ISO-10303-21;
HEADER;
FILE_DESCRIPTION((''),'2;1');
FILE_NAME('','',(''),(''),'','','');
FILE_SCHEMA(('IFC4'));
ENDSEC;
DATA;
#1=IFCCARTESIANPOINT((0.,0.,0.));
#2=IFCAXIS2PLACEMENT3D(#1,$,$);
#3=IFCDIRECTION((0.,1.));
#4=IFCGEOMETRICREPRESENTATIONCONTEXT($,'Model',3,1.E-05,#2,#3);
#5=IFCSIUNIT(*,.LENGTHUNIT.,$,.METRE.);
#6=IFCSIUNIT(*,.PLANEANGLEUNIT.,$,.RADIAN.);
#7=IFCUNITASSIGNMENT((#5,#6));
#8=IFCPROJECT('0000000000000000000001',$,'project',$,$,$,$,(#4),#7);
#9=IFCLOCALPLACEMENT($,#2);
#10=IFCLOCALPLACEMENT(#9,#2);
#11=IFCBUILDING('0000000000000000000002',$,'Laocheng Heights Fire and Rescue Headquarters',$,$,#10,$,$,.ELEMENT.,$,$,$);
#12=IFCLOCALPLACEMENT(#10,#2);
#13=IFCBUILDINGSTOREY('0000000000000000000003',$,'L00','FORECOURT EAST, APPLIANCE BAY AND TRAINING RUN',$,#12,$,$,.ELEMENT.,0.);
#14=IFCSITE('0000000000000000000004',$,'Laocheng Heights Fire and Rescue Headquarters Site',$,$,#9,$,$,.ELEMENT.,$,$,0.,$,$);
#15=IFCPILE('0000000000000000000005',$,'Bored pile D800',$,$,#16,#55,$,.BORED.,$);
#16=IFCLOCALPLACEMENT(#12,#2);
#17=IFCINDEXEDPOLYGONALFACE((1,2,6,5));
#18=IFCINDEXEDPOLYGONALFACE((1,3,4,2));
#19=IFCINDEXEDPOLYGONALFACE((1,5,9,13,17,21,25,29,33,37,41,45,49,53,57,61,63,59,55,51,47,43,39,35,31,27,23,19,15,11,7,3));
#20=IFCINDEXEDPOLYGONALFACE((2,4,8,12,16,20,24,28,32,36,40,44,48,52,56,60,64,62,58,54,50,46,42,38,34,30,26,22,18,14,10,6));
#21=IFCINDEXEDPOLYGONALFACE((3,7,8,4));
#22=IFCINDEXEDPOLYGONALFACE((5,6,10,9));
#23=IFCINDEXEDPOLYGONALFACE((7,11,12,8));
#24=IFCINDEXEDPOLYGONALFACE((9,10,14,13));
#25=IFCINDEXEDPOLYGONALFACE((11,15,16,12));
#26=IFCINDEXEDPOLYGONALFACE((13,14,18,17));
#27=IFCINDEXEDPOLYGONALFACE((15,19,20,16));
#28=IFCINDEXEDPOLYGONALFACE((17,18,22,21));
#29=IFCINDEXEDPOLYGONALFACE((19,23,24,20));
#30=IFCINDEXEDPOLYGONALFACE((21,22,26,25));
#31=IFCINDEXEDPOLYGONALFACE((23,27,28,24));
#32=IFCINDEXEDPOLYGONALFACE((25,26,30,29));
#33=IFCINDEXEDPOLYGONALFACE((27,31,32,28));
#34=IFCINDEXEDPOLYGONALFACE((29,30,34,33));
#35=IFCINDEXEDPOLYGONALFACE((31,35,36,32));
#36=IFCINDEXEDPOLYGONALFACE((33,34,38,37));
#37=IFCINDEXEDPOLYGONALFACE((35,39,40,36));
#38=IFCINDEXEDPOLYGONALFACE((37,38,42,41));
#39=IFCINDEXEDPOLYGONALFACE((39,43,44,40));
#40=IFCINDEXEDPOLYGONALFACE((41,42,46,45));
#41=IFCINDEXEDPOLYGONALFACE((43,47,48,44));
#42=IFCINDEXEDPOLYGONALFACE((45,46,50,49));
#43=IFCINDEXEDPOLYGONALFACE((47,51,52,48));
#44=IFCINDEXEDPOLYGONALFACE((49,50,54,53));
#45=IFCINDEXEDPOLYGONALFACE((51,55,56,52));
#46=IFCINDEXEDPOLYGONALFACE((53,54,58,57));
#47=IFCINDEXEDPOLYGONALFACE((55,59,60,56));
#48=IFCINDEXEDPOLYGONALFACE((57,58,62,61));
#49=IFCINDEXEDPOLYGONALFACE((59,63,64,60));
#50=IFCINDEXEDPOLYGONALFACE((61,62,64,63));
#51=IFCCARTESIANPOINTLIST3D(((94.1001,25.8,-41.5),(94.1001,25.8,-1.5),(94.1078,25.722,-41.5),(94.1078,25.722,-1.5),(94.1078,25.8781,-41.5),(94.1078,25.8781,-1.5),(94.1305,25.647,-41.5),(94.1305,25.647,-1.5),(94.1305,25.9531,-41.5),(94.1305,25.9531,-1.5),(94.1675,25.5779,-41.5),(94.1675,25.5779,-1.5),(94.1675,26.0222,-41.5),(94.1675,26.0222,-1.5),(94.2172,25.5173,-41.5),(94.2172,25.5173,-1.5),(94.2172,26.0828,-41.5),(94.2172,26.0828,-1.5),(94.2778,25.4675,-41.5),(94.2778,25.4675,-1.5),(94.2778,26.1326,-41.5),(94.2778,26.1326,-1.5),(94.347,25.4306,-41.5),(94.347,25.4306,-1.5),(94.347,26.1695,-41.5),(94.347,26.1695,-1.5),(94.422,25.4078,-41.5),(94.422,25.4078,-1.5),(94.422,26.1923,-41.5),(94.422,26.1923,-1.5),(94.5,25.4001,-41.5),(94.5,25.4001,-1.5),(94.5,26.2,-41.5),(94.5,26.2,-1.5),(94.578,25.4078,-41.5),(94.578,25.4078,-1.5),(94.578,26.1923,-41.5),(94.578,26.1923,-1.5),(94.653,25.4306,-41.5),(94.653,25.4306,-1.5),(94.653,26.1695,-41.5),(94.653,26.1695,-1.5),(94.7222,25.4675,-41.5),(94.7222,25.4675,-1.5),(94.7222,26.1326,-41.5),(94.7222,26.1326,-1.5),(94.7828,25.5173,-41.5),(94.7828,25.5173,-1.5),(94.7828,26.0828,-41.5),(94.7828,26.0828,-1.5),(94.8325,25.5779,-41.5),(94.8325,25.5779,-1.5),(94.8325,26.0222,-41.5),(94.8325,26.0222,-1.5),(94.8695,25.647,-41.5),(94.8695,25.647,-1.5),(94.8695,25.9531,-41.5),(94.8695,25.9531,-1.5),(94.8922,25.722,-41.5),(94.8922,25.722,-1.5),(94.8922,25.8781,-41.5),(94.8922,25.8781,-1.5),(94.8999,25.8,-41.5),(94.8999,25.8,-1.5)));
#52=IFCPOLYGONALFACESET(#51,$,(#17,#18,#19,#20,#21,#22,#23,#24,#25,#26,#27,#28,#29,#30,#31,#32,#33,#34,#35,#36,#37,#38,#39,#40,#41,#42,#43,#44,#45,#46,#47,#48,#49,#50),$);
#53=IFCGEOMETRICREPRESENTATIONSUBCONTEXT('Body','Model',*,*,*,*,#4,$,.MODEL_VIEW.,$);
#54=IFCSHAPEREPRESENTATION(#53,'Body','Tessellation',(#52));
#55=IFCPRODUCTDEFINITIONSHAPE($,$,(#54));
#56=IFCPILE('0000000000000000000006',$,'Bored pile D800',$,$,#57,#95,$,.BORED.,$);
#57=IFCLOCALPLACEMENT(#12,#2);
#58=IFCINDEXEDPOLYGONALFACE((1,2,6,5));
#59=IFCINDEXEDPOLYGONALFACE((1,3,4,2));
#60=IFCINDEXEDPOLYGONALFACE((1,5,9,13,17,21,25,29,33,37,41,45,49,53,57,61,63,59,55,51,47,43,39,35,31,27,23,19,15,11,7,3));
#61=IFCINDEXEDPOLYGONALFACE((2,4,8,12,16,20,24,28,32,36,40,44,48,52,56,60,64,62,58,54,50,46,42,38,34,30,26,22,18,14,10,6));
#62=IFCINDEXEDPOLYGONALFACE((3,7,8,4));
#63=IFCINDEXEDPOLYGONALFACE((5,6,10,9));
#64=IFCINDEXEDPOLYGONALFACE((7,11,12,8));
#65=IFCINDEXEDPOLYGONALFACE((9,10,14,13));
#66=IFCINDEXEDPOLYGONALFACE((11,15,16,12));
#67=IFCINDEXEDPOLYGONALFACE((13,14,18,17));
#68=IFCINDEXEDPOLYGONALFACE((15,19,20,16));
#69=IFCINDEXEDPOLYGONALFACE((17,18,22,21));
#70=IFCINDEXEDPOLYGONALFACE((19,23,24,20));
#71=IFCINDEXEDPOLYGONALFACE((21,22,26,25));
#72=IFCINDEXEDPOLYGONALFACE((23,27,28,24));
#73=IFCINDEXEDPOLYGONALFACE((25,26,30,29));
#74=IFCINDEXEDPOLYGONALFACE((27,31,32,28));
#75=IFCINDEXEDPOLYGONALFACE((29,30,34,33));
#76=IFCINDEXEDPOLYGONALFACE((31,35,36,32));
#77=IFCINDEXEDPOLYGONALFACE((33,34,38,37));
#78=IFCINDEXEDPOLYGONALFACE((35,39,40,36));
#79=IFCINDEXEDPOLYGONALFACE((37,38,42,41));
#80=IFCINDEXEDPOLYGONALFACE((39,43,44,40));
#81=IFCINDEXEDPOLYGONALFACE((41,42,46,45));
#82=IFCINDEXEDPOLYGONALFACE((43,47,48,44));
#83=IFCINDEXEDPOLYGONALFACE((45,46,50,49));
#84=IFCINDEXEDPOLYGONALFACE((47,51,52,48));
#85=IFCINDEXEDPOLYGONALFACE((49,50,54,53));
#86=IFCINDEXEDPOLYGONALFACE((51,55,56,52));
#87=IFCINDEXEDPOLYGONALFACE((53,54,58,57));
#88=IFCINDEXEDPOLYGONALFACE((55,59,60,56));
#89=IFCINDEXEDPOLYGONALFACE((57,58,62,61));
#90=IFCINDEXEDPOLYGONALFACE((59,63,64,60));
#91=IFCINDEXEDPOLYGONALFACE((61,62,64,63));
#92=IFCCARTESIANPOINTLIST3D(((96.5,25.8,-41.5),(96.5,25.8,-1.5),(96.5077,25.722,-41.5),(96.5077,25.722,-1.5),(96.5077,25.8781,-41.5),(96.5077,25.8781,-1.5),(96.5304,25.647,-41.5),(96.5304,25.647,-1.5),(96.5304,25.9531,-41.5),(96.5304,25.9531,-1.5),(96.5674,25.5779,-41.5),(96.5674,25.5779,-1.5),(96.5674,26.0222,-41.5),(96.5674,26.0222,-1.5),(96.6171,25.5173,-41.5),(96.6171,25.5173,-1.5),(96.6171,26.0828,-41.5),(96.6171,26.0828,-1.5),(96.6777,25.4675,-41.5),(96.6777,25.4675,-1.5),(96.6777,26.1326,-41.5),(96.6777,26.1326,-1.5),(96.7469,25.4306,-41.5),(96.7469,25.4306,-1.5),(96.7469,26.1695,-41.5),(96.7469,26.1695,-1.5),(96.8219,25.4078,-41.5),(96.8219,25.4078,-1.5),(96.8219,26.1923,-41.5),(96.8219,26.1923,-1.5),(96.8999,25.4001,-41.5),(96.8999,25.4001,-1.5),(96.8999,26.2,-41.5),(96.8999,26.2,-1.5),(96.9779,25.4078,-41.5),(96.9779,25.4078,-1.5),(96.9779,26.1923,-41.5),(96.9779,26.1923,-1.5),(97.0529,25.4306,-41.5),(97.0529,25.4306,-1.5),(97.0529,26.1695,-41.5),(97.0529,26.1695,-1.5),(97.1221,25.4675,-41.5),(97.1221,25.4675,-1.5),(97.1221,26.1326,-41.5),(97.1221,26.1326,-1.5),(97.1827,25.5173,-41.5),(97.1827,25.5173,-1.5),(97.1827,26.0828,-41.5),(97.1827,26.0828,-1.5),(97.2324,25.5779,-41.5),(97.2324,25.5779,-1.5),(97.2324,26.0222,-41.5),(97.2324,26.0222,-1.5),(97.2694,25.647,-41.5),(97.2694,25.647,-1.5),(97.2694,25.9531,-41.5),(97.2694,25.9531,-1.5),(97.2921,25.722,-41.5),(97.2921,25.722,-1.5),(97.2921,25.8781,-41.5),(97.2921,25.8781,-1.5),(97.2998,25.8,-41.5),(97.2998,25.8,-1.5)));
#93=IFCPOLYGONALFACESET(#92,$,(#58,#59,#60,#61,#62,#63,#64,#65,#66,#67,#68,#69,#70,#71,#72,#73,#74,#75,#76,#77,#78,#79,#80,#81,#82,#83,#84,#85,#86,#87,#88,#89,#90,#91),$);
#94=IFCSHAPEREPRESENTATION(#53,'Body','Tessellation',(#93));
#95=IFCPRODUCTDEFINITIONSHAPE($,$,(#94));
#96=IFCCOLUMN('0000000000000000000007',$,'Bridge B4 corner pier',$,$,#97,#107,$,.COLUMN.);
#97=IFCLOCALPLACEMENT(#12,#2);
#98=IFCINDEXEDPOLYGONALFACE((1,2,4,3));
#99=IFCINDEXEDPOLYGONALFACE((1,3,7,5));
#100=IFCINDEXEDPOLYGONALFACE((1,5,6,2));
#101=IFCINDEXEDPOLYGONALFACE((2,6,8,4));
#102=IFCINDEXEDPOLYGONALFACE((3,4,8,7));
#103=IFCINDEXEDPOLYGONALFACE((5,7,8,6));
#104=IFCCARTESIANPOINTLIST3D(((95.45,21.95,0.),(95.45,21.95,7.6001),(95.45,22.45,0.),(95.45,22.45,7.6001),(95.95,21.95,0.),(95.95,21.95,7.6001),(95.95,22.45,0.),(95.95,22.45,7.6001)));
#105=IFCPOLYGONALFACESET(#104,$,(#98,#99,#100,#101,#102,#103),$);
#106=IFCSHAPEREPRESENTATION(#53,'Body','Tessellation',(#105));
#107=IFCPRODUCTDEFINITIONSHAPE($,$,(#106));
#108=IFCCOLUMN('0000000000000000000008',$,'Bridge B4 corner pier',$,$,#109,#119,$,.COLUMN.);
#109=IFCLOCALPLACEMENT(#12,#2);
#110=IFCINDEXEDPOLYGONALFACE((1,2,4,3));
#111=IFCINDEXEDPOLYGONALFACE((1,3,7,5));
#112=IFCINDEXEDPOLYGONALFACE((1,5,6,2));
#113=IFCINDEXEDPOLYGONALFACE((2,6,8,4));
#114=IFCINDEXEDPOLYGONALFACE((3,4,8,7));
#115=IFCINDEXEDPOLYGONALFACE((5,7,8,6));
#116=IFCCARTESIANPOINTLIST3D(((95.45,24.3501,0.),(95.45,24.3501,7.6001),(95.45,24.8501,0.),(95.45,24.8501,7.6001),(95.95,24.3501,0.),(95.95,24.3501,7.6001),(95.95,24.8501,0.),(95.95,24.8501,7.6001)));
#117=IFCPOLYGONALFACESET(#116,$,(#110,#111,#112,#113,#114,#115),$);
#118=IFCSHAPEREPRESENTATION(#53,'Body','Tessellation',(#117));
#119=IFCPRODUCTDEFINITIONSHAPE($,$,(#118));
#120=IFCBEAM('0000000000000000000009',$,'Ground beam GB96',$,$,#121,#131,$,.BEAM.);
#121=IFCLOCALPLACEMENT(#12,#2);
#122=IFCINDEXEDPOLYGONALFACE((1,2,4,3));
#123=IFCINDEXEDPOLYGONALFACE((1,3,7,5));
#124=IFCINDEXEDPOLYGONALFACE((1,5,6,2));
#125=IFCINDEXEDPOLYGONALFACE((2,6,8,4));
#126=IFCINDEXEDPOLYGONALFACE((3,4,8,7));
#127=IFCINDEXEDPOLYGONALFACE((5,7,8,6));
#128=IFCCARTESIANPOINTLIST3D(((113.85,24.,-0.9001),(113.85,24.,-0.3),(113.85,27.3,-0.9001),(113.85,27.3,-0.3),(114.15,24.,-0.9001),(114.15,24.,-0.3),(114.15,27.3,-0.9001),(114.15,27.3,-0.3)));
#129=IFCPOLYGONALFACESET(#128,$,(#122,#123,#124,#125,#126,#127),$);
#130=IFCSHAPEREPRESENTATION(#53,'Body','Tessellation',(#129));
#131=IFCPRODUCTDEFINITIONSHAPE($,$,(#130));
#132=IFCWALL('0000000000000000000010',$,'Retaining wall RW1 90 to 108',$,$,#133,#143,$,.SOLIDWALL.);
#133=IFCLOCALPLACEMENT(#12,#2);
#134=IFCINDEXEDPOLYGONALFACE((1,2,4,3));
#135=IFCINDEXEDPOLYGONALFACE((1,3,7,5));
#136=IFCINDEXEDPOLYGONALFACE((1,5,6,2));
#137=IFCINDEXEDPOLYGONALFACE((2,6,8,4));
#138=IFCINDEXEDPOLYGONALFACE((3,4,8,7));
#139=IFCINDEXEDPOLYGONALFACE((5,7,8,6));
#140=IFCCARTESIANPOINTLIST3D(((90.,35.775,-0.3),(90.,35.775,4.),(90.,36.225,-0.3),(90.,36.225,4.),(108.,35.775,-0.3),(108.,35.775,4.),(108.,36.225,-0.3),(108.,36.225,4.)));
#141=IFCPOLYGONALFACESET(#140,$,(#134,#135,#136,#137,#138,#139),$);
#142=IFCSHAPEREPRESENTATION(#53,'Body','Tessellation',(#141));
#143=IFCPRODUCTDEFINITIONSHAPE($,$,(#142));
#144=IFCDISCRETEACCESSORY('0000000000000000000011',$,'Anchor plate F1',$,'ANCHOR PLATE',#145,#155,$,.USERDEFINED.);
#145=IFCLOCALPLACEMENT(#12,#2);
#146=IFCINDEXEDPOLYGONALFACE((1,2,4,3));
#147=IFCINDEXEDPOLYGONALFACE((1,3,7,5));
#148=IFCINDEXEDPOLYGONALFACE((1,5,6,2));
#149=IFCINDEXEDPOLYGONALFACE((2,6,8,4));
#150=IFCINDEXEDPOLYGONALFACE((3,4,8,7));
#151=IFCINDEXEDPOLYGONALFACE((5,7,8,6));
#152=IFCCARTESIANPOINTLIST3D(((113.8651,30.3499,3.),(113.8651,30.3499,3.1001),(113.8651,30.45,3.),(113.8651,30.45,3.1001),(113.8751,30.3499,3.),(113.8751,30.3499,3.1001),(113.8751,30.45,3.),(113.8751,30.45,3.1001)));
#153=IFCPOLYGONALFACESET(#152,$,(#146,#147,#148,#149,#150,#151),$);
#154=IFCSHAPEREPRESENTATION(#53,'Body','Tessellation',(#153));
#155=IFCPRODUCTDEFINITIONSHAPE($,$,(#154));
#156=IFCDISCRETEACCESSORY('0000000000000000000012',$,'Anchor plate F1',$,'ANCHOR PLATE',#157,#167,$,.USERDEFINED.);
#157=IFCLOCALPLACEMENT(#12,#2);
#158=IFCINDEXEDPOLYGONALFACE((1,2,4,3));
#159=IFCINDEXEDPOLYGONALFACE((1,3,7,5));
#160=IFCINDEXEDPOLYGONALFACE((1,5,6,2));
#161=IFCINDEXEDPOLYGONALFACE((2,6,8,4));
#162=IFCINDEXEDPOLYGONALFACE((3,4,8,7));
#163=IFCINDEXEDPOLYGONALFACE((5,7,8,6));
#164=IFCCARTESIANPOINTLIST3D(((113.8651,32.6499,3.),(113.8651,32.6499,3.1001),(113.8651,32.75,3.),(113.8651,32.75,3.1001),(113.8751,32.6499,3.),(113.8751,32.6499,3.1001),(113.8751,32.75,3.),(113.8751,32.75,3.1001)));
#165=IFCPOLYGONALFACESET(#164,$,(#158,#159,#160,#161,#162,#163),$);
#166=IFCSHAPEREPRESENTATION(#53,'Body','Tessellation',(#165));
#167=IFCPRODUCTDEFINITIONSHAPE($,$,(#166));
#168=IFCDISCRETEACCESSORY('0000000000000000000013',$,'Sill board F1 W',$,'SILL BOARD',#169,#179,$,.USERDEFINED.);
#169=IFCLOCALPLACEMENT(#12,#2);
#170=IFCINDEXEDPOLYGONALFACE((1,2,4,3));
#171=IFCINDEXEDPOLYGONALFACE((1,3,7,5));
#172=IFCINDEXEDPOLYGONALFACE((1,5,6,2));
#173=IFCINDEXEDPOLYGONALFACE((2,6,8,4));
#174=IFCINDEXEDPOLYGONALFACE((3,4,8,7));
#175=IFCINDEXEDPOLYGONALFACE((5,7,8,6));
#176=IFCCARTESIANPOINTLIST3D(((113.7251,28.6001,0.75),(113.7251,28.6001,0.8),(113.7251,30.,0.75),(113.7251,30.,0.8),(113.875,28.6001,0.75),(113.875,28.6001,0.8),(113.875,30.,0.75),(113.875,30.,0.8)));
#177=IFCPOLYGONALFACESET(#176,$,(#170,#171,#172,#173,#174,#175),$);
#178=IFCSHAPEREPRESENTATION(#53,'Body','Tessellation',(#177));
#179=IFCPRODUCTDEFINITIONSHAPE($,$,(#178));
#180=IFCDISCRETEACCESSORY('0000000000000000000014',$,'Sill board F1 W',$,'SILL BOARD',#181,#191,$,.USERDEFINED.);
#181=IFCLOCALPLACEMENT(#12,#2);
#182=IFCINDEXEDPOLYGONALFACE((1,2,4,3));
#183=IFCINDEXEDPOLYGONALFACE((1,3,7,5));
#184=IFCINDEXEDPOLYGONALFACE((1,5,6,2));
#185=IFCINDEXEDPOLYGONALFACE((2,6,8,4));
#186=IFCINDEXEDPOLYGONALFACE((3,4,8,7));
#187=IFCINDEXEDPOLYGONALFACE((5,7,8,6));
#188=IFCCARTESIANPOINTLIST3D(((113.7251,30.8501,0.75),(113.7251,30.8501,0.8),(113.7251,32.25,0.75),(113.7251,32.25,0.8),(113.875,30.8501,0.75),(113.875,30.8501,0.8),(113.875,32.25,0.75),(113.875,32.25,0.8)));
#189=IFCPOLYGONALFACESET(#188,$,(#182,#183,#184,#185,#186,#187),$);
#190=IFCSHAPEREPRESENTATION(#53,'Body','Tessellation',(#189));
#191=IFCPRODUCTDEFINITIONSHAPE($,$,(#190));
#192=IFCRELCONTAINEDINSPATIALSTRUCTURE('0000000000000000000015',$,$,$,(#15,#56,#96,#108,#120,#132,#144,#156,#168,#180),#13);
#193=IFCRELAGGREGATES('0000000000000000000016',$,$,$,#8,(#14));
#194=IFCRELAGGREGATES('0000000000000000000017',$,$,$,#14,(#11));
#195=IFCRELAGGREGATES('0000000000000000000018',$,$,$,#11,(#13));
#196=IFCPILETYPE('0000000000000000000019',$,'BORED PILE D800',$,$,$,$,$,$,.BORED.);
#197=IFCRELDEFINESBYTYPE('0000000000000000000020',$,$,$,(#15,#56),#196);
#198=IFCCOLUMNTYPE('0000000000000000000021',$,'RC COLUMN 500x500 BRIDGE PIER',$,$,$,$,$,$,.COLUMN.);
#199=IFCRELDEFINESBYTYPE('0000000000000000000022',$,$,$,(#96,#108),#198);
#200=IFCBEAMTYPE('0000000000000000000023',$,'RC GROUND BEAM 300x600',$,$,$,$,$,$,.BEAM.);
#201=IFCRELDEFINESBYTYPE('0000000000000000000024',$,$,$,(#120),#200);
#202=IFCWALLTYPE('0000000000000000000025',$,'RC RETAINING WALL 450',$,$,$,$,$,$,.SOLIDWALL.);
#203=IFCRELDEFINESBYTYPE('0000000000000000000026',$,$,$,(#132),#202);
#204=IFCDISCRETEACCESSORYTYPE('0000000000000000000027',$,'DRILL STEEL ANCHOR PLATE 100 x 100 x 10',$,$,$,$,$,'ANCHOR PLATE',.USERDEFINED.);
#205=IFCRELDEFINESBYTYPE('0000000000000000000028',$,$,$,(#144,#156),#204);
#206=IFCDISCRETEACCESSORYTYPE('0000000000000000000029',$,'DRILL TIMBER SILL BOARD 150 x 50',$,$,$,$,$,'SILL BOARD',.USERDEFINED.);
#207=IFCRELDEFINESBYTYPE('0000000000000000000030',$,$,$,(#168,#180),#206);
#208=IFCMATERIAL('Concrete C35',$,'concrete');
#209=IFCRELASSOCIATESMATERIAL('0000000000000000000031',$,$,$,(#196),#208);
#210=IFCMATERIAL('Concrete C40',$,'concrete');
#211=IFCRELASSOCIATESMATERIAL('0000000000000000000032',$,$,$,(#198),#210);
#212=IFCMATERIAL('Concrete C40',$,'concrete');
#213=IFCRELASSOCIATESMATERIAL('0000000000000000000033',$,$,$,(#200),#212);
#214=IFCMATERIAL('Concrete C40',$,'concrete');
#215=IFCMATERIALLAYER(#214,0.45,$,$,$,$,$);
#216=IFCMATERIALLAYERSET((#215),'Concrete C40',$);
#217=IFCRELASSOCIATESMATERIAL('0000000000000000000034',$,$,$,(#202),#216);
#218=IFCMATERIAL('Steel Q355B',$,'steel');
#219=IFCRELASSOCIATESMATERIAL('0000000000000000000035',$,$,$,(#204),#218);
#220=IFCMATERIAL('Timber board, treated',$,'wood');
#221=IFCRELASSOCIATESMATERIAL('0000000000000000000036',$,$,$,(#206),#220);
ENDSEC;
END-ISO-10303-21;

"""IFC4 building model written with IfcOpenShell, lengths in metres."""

from ifc_helpers import new_model, si_unit, direction, frame, frame_2d, origin, origin_2d, place, context, subcontext, project, spatial, rectangle, circle, extrude, material, layer, layer_set, material_profile, profile_set, type_object, element, save


model = new_model("IFC4")

# Units and contexts
model_context = context("Model", 3, precision=1e-05, world=origin(), true_north=direction((0.0, 1.0)))
body_context = subcontext(model_context, "Body", "Model", "MODEL_VIEW")
ifc_project = project(units=[si_unit("LENGTHUNIT", "METRE"), si_unit("PLANEANGLEUNIT", "RADIAN")], contexts=[model_context])

# Site, building, storey
site_placement = place(None, origin())
site = spatial("IfcSite", under=ifc_project, at=site_placement, Name="Laocheng Heights Fire and Rescue Headquarters Site", CompositionType="ELEMENT", RefElevation=0.0)
building_placement = place(site_placement, origin())
building = spatial("IfcBuilding", under=site, at=building_placement, Name="Laocheng Heights Fire and Rescue Headquarters", CompositionType="ELEMENT")
storey_placement = place(building_placement, origin())
storey = spatial("IfcBuildingStorey", under=building, at=storey_placement, Name="L00", Description="FORECOURT EAST, APPLIANCE BAY AND TRAINING RUN", CompositionType="ELEMENT", Elevation=0.0)

# Piles
ifc_material_1 = material(Name="Concrete C35", Category="concrete")
ifc_material_profile_1 = material_profile(ifc_material_1, circle(Radius=0.3999, at=origin_2d()), Name="BORED PILE D800")
ifc_profile_set_1 = profile_set([ifc_material_profile_1], Name="Concrete C35")
pile_type_1 = type_object("IfcPileType", Name="BORED PILE D800", PredefinedType="BORED", material=ifc_profile_set_1)
for number, where, z_axis, x_axis, name in (
    (1, (94.5, 25.8, -1.5), (0.0, 0.0, -1.0), (1.0, 0.0, 0.0), "Bored pile D800"),
    (2, (96.8999, 25.8, -1.5), (0.0, 0.0, -1.0), (1.0, 0.0, 0.0), "Bored pile D800"),
):
    element("IfcPile", number, at=place(storey_placement, frame(where, z_axis=z_axis, x_axis=x_axis)), inside=storey, type_object=pile_type_1, Name=name, PredefinedType="BORED", context=body_context, shape_type="SweptSolid", body=[
        extrude(circle(Radius=0.3999, at=origin_2d()), origin(), (0.0, 0.0, 1.0), 40.0),
    ])

# Columns
ifc_material_2 = material(Name="Concrete C40", Category="concrete")
ifc_material_profile_2 = material_profile(ifc_material_2, rectangle(XDim=0.5, YDim=0.5, at=origin_2d()), Name="RC COLUMN 500x500 BRIDGE PIER")
ifc_profile_set_2 = profile_set([ifc_material_profile_2], Name="Concrete C40")
column_type = type_object("IfcColumnType", Name="RC COLUMN 500x500 BRIDGE PIER", PredefinedType="COLUMN", material=ifc_profile_set_2)
for number, where, z_axis, x_axis, name in (
    (3, (95.7, 22.2, 0.0), (0.0, 0.0, 1.0), (1.0, 0.0, 0.0), "Bridge B4 corner pier"),
    (4, (95.7, 24.6001, 0.0), (0.0, 0.0, 1.0), (1.0, 0.0, 0.0), "Bridge B4 corner pier"),
):
    element("IfcColumn", number, at=place(storey_placement, frame(where, z_axis=z_axis, x_axis=x_axis)), inside=storey, type_object=column_type, Name=name, PredefinedType="COLUMN", context=body_context, shape_type="SweptSolid", body=[
        extrude(rectangle(XDim=0.5, YDim=0.5, at=origin_2d()), origin(), (0.0, 0.0, 1.0), 7.6001),
    ])

# Beam
ifc_material_3 = material(Name="Concrete C40", Category="concrete")
ifc_material_profile_3 = material_profile(ifc_material_3, rectangle(XDim=0.3, YDim=0.6001, at=origin_2d()), Name="RC GROUND BEAM 300x600")
ifc_profile_set_3 = profile_set([ifc_material_profile_3], Name="Concrete C40")
beam_type = type_object("IfcBeamType", Name="RC GROUND BEAM 300x600", PredefinedType="BEAM", material=ifc_profile_set_3)
beam_placement = place(storey_placement, frame((114.0, 24.0, -0.6001), z_axis=(0.0, 1.0, 0.0), x_axis=(-1.0, 0.0, 0.0)))
element("IfcBeam", 5, at=beam_placement, inside=storey, type_object=beam_type, Name="Ground beam GB96", PredefinedType="BEAM", context=body_context, shape_type="SweptSolid", body=[
    extrude(rectangle(XDim=0.3, YDim=0.6001, at=origin_2d()), origin(), (0.0, 0.0, 1.0), 3.3),
])

# Wall
ifc_material_4 = material(Name="Concrete C40", Category="concrete")
ifc_layer = layer(ifc_material_4, 0.45)
ifc_layer_set = layer_set([ifc_layer], Name="Concrete C40")
wall_type = type_object("IfcWallType", Name="RC RETAINING WALL 450", PredefinedType="SOLIDWALL", material=ifc_layer_set)
wall_placement = place(storey_placement, frame((90.0, 36.0, -0.3), z_axis=(0.0, 0.0, 1.0), x_axis=(1.0, 0.0, 0.0)))
element("IfcWall", 6, at=wall_placement, inside=storey, type_object=wall_type, Name="Retaining wall RW1 90 to 108", PredefinedType="SOLIDWALL", context=body_context, shape_type="SweptSolid", body=[
    extrude(rectangle(XDim=18.0, YDim=0.45, at=frame_2d((9.0, 0.0))), origin(), (0.0, 0.0, 1.0), 4.3),
])

# Discrete accessories
ifc_material_5 = material(Name="Steel Q355B", Category="steel")
discrete_accessory_type_1 = type_object("IfcDiscreteAccessoryType", Name="DRILL STEEL ANCHOR PLATE 100 x 100 x 10", ElementType="ANCHOR PLATE", PredefinedType="USERDEFINED", material=ifc_material_5)
for number, where, z_axis, x_axis, name in (
    (7, (113.8701, 30.3999, 3.0), (0.0, 0.0, 1.0), (1.0, 0.0, 0.0), "Anchor plate F1"),
    (8, (113.8701, 32.7, 3.0), (0.0, 0.0, 1.0), (1.0, 0.0, 0.0), "Anchor plate F1"),
):
    element("IfcDiscreteAccessory", number, at=place(storey_placement, frame(where, z_axis=z_axis, x_axis=x_axis)), inside=storey, type_object=discrete_accessory_type_1, Name=name, ObjectType="ANCHOR PLATE", PredefinedType="USERDEFINED", context=body_context, shape_type="SweptSolid", body=[
        extrude(rectangle(XDim=0.01, YDim=0.1001, at=origin_2d()), origin(), (0.0, 0.0, 1.0), 0.1001),
    ])
ifc_material_6 = material(Name="Timber board, treated", Category="wood")
discrete_accessory_type_2 = type_object("IfcDiscreteAccessoryType", Name="DRILL TIMBER SILL BOARD 150 x 50", ElementType="SILL BOARD", PredefinedType="USERDEFINED", material=ifc_material_6)
for number, where, z_axis, x_axis, name in (
    (9, (113.8, 29.3, 0.75), (0.0, 0.0, 1.0), (1.0, 0.0, 0.0), "Sill board F1 W"),
    (10, (113.8, 31.55, 0.75), (0.0, 0.0, 1.0), (1.0, 0.0, 0.0), "Sill board F1 W"),
):
    element("IfcDiscreteAccessory", number, at=place(storey_placement, frame(where, z_axis=z_axis, x_axis=x_axis)), inside=storey, type_object=discrete_accessory_type_2, Name=name, ObjectType="SILL BOARD", PredefinedType="USERDEFINED", context=body_context, shape_type="SweptSolid", body=[
        extrude(rectangle(XDim=0.1499, YDim=1.3999, at=origin_2d()), origin(), (0.0, 0.0, 1.0), 0.05),
    ])

save(model, "model.ifc")
